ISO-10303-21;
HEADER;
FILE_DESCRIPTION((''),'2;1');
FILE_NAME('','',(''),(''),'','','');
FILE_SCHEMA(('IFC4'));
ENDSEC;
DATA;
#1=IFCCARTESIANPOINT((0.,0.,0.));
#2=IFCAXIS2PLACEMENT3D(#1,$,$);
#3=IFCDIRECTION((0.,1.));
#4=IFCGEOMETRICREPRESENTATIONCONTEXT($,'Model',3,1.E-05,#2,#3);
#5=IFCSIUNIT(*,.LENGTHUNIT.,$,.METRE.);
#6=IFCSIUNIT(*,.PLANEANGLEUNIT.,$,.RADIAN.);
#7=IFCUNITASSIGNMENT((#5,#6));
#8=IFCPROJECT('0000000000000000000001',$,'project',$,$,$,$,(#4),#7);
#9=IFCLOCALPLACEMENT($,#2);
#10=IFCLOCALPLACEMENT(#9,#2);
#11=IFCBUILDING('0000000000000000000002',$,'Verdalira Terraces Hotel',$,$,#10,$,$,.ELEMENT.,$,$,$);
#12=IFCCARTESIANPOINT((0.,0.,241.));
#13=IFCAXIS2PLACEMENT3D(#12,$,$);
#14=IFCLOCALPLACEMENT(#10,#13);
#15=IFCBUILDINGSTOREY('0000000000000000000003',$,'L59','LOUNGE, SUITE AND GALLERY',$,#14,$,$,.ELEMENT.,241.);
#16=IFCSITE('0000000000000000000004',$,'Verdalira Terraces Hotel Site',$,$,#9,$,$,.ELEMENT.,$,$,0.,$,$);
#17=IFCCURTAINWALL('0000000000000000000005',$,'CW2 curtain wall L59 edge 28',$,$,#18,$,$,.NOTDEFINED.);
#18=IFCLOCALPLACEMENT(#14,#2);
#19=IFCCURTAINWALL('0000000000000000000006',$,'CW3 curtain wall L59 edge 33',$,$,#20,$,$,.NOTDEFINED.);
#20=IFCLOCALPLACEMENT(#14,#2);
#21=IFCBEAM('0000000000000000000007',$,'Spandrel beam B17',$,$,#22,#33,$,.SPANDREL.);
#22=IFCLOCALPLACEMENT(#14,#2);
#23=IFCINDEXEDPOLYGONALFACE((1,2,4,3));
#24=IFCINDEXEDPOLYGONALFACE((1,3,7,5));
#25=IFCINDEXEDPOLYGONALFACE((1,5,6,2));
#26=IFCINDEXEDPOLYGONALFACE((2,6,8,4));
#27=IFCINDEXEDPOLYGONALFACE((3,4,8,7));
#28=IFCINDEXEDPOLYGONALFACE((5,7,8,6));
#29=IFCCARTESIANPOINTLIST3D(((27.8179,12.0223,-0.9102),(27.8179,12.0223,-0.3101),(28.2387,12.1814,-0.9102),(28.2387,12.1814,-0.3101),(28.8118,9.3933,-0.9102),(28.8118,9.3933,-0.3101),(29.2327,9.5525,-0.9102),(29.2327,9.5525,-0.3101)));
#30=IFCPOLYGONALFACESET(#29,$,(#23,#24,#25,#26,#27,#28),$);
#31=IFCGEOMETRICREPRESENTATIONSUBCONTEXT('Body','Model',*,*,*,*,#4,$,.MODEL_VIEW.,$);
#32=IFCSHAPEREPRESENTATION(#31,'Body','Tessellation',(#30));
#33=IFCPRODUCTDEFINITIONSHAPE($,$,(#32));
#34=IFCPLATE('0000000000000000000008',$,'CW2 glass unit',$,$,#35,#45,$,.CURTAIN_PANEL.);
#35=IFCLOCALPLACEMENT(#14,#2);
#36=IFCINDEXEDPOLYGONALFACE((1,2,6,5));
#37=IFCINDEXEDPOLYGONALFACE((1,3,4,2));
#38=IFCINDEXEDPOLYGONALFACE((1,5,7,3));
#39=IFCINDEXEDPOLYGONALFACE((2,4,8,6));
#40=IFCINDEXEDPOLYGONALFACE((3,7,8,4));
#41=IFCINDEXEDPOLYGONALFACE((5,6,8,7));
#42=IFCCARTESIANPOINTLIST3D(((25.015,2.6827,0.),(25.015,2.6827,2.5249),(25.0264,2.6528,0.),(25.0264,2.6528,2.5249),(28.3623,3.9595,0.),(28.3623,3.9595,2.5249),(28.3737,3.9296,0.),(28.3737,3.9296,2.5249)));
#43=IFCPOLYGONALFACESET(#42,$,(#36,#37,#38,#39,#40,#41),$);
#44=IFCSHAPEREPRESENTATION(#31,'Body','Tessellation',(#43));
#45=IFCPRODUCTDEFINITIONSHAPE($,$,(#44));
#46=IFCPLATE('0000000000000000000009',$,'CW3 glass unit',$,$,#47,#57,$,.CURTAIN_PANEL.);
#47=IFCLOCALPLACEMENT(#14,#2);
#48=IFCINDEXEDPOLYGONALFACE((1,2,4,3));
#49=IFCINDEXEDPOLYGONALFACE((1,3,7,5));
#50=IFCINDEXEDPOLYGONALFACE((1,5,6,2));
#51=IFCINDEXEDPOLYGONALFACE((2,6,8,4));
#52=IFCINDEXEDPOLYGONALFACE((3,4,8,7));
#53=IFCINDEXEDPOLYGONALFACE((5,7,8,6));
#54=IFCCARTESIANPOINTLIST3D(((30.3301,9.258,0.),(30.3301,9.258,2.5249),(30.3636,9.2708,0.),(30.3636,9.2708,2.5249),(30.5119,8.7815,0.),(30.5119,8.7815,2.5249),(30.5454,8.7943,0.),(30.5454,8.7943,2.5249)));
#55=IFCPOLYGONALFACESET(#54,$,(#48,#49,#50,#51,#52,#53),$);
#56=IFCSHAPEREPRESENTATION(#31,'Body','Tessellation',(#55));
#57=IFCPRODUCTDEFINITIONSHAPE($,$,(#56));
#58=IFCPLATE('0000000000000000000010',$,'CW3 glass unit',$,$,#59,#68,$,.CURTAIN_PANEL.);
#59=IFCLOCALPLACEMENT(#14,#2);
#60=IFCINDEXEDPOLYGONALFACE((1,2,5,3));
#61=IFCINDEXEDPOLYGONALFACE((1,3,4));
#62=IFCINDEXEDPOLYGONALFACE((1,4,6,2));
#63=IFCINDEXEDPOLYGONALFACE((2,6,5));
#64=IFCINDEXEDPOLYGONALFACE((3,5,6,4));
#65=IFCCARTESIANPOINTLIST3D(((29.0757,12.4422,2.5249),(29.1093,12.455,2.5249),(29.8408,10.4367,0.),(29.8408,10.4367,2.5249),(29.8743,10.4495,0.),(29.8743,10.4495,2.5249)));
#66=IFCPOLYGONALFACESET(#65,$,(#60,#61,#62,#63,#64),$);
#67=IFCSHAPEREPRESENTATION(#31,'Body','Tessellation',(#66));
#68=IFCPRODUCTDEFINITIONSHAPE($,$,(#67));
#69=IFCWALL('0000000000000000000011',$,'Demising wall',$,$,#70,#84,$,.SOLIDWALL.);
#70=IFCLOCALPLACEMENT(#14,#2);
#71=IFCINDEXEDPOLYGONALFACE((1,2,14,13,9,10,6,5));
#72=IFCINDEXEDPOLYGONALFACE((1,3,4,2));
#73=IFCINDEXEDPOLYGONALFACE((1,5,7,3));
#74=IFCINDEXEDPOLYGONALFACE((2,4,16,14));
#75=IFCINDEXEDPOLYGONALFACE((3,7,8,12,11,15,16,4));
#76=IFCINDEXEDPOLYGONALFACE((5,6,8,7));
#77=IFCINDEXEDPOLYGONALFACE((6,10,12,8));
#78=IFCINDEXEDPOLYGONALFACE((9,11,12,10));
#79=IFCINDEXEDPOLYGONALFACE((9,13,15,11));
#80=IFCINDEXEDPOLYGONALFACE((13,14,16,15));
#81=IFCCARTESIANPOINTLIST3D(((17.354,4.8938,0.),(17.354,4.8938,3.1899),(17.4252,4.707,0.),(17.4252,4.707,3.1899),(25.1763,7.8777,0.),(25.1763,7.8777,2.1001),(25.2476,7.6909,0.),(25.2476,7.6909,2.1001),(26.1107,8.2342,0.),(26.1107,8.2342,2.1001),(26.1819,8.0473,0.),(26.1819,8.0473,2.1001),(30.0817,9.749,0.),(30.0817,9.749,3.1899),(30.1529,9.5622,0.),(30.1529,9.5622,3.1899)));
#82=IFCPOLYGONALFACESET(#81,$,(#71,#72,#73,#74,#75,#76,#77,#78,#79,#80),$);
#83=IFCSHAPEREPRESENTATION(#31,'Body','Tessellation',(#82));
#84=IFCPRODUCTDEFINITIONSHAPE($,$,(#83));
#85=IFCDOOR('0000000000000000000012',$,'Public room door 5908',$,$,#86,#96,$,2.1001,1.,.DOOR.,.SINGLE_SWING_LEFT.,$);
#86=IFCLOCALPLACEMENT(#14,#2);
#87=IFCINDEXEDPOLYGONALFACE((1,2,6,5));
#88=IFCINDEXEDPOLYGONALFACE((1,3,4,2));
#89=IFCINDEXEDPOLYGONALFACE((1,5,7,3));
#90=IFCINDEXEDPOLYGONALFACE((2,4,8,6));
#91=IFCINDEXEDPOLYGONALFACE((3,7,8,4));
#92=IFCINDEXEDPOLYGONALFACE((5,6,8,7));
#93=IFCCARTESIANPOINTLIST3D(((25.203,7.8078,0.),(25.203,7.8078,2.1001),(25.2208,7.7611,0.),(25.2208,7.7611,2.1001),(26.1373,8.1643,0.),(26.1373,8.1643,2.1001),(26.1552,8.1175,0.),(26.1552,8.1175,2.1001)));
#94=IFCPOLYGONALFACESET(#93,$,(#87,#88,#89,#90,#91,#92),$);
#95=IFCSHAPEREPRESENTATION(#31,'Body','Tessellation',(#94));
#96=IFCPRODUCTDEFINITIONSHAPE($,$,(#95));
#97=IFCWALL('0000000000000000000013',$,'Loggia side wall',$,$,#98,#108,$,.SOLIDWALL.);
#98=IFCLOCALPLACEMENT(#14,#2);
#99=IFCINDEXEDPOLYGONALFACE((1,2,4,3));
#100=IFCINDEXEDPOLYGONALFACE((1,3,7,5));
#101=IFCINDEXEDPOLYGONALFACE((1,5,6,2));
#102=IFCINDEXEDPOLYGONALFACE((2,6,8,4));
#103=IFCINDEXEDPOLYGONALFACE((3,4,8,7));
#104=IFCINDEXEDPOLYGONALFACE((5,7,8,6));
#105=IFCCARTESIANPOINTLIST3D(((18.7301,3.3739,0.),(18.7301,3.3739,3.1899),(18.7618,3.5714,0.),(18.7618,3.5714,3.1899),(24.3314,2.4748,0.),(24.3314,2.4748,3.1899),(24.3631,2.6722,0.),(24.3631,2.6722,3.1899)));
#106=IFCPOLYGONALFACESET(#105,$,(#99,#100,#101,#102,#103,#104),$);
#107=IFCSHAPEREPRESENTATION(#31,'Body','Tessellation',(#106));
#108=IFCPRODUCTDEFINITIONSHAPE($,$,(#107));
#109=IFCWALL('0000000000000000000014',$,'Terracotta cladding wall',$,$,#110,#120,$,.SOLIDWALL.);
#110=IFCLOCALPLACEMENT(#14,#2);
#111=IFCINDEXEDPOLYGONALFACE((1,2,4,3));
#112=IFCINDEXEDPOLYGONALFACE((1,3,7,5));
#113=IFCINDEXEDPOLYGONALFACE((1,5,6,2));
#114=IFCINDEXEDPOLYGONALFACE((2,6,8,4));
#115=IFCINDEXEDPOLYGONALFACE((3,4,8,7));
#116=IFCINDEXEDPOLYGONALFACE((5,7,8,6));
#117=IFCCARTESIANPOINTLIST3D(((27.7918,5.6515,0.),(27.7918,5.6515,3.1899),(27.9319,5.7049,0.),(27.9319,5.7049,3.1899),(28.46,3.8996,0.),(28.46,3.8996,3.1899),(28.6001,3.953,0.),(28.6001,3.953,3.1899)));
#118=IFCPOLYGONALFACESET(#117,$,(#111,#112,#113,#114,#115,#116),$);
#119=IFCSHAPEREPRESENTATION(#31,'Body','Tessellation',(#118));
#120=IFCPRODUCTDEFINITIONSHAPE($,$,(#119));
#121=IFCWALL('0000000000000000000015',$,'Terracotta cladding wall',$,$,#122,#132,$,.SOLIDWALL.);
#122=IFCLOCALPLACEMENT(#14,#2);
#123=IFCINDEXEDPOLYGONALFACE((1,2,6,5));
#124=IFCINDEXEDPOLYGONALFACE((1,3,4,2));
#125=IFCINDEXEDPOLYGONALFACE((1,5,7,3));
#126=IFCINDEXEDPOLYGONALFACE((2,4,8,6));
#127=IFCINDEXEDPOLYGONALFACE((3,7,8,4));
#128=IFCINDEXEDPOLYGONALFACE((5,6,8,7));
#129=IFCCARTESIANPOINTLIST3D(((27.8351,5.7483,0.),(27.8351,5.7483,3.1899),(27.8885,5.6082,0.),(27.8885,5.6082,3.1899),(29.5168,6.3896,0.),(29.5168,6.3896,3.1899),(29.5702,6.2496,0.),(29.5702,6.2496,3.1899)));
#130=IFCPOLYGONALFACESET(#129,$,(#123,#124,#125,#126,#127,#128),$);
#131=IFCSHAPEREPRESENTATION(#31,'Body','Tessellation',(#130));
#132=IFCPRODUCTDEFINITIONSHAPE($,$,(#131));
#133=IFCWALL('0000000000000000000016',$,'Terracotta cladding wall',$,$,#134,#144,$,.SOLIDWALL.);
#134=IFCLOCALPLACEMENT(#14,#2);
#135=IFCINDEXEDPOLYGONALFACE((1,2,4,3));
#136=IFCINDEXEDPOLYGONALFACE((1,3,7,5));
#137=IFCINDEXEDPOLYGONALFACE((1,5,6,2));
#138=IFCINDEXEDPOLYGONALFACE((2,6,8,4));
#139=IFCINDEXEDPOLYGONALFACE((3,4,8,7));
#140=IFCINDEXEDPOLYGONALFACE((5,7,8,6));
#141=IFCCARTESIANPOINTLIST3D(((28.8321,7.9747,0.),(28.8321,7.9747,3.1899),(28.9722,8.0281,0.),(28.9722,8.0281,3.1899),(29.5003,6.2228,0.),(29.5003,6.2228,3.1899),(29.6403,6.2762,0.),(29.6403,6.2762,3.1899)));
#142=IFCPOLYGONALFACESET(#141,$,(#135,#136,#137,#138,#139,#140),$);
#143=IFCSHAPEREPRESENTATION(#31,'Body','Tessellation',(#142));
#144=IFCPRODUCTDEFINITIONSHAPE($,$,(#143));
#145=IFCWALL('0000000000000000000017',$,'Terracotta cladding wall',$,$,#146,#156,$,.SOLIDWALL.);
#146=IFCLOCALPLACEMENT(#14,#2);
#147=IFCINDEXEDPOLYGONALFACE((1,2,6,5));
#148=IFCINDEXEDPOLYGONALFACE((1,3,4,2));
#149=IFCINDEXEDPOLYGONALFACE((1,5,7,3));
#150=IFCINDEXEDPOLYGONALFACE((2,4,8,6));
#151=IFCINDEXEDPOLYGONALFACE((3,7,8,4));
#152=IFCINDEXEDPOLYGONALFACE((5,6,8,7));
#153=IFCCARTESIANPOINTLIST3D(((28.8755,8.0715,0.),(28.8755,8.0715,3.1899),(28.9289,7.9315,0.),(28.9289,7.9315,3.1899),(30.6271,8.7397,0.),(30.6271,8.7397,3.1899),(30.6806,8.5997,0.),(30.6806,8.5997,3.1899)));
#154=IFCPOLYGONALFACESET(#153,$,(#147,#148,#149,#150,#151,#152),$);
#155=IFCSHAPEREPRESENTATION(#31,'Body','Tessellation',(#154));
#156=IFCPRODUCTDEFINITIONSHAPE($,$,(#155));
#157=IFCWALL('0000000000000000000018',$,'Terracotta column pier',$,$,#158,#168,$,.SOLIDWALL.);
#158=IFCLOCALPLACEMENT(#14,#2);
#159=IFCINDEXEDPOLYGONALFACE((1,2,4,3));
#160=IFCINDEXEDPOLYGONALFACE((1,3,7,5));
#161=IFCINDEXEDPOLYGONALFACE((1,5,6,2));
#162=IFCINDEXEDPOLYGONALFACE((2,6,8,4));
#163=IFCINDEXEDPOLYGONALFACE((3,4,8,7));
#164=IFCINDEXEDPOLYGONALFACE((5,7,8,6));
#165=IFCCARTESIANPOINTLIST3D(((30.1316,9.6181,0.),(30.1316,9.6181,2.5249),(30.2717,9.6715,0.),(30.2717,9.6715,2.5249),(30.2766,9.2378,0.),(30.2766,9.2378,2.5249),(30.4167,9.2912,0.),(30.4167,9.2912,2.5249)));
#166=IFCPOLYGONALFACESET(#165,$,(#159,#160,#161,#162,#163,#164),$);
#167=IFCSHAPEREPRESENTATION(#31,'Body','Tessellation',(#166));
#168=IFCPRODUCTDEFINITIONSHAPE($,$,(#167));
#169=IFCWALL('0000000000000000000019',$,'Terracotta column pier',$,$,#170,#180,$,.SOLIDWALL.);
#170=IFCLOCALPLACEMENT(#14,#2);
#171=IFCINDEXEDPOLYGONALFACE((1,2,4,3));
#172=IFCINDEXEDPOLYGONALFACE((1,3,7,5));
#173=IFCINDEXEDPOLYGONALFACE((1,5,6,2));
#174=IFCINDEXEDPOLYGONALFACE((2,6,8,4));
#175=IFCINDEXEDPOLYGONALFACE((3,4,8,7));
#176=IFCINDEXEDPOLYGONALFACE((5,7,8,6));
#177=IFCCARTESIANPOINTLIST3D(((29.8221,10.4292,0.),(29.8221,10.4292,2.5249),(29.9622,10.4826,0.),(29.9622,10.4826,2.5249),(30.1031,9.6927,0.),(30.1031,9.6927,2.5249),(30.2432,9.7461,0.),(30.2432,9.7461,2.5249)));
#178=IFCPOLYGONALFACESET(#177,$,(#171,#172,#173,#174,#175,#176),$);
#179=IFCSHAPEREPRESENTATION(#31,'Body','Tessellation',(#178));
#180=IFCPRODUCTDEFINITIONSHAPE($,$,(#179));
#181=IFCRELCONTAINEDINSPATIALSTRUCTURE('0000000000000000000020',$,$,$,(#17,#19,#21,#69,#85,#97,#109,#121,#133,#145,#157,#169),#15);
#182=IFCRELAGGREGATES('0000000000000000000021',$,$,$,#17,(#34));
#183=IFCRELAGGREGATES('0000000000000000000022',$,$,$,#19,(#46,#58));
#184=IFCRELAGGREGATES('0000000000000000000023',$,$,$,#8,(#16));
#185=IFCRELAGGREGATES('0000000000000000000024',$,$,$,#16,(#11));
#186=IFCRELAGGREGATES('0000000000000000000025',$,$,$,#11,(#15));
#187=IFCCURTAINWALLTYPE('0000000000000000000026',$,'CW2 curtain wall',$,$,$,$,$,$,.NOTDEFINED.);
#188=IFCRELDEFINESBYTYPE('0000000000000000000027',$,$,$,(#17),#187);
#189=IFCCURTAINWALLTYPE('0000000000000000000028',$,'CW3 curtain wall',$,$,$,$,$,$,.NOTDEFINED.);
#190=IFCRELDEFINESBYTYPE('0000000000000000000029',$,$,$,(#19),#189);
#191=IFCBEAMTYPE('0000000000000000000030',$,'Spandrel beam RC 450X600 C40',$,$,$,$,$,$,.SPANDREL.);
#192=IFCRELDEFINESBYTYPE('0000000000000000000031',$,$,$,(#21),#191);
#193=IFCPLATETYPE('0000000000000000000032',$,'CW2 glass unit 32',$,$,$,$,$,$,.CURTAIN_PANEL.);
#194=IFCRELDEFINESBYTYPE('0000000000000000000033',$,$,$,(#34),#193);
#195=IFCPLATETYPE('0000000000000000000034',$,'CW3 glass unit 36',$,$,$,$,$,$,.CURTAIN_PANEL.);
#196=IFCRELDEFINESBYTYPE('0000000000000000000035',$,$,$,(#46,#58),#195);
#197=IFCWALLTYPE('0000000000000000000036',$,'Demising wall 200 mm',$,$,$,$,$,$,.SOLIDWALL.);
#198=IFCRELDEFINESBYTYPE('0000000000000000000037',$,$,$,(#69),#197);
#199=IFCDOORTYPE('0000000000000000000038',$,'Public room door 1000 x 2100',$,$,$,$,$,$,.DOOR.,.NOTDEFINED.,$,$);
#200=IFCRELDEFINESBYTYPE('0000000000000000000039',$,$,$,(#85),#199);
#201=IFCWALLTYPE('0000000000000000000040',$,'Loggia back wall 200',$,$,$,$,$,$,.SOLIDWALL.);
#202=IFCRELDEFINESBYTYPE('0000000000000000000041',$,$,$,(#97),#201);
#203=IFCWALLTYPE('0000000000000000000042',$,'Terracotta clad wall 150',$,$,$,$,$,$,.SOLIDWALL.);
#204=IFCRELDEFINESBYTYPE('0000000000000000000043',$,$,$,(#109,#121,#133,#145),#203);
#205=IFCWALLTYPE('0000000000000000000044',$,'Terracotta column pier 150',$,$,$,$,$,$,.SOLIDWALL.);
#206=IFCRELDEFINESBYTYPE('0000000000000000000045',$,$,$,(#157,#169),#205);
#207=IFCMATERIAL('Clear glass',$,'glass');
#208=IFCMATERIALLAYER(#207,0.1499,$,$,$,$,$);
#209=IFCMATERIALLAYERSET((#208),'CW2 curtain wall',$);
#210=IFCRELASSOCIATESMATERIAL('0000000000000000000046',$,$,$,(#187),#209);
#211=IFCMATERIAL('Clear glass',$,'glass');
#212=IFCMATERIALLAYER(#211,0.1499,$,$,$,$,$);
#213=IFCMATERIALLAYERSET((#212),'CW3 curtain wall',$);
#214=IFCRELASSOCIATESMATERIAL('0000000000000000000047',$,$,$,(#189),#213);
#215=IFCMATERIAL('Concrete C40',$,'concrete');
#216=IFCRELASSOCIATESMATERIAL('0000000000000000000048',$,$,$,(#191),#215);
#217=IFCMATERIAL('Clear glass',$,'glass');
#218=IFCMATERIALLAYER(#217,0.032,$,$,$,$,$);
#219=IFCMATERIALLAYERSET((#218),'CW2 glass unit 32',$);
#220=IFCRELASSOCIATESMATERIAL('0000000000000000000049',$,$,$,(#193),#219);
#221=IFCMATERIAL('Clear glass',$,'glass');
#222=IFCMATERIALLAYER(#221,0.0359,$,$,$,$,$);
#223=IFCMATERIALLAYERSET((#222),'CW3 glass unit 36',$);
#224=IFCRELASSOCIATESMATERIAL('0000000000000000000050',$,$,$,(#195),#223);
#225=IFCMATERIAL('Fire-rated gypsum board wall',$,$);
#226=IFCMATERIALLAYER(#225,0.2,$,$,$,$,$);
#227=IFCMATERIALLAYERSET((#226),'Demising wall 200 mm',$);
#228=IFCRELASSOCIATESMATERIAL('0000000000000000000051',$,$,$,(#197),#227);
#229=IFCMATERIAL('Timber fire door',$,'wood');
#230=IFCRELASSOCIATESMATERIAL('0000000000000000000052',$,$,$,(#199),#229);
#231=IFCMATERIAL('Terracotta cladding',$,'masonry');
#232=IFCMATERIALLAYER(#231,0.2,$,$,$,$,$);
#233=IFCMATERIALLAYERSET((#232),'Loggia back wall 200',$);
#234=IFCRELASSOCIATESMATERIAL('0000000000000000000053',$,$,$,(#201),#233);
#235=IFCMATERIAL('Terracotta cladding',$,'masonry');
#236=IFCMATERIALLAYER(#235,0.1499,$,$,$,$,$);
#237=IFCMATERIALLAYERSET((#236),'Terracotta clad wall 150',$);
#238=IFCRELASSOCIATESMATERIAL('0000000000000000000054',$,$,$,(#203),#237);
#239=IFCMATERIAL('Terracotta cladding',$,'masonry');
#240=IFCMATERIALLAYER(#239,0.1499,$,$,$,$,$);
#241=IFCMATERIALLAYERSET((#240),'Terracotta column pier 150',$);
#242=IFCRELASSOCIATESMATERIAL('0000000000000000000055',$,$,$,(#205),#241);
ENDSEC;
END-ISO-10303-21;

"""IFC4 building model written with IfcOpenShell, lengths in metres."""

from ifc_helpers import new_model, si_unit, direction, frame, frame_2d, origin, origin_2d, place, context, subcontext, project, spatial, polyline, rectangle, outline, extrude, material, layer, layer_set, material_profile, profile_set, type_object, element, fill, aggregate, save


model = new_model("IFC4")

# Units and contexts
model_context = context("Model", 3, precision=1e-05, world=origin(), true_north=direction((0.0, 1.0)))
body_context = subcontext(model_context, "Body", "Model", "MODEL_VIEW")
ifc_project = project(units=[si_unit("LENGTHUNIT", "METRE"), si_unit("PLANEANGLEUNIT", "RADIAN")], contexts=[model_context])

# Site, building, storey
site_placement = place(None, origin())
site = spatial("IfcSite", under=ifc_project, at=site_placement, Name="Verdalira Terraces Hotel Site", CompositionType="ELEMENT", RefElevation=0.0)
building_placement = place(site_placement, origin())
building = spatial("IfcBuilding", under=site, at=building_placement, Name="Verdalira Terraces Hotel", CompositionType="ELEMENT")
storey_placement = place(building_placement, frame((0.0, 0.0, 241.0)))
storey = spatial("IfcBuildingStorey", under=building, at=storey_placement, Name="L59", Description="LOUNGE, SUITE AND GALLERY", CompositionType="ELEMENT", Elevation=241.0)

# Curtain walls
ifc_material_1 = material(Name="Clear glass", Category="glass")
ifc_layer_1 = layer(ifc_material_1, 0.1499)
ifc_layer_set_1 = layer_set([ifc_layer_1], Name="CW2 curtain wall")
curtain_wall_type_1 = type_object("IfcCurtainWallType", Name="CW2 curtain wall", PredefinedType="NOTDEFINED", material=ifc_layer_set_1)
curtain_wall_1_placement = place(storey_placement, origin())
curtain_wall_1 = element("IfcCurtainWall", 1, at=curtain_wall_1_placement, inside=storey, type_object=curtain_wall_type_1, Name="CW2 curtain wall L59 edge 28", PredefinedType="NOTDEFINED")
ifc_material_2 = material(Name="Clear glass", Category="glass")
ifc_layer_2 = layer(ifc_material_2, 0.1499)
ifc_layer_set_2 = layer_set([ifc_layer_2], Name="CW3 curtain wall")
curtain_wall_type_2 = type_object("IfcCurtainWallType", Name="CW3 curtain wall", PredefinedType="NOTDEFINED", material=ifc_layer_set_2)
curtain_wall_2_placement = place(storey_placement, origin())
curtain_wall_2 = element("IfcCurtainWall", 2, at=curtain_wall_2_placement, inside=storey, type_object=curtain_wall_type_2, Name="CW3 curtain wall L59 edge 33", PredefinedType="NOTDEFINED")

# Beam
ifc_material_3 = material(Name="Concrete C40", Category="concrete")
ifc_material_profile_1 = material_profile(ifc_material_3, rectangle(XDim=0.45, YDim=0.6001, at=origin_2d()), Name="RC 450X600")
ifc_profile_set_1 = profile_set([ifc_material_profile_1], Name="Concrete C40")
beam_type = type_object("IfcBeamType", Name="Spandrel beam RC 450X600 C40", PredefinedType="SPANDREL", material=ifc_profile_set_1)
beam_placement = place(storey_placement, frame((29.0222, 9.4729, -0.6101), z_axis=(-0.353635, 0.935383, 0.0), x_axis=(-0.935383, -0.353635, 0.0)))
element("IfcBeam", 3, at=beam_placement, inside=storey, type_object=beam_type, Name="Spandrel beam B17", PredefinedType="SPANDREL", context=body_context, shape_type="SweptSolid", body=[
    extrude(rectangle(XDim=0.45, YDim=0.6001, at=origin_2d()), origin(), (0.0, 0.0, 1.0), 2.8105),
])

# Plates
ifc_material_4 = material(Name="Clear glass", Category="glass")
ifc_layer_3 = layer(ifc_material_4, 0.032)
ifc_layer_set_3 = layer_set([ifc_layer_3], Name="CW2 glass unit 32")
plate_type_1 = type_object("IfcPlateType", Name="CW2 glass unit 32", PredefinedType="CURTAIN_PANEL", material=ifc_layer_set_3)
plate_1_placement = place(storey_placement, frame((26.6943, 3.3062, 0.0), z_axis=(0.0, 0.0, 1.0), x_axis=(0.934329, 0.356412, 0.0)))
plate_1 = element("IfcPlate", 4, at=plate_1_placement, type_object=plate_type_1, Name="CW2 glass unit", PredefinedType="CURTAIN_PANEL", context=body_context, shape_type="SweptSolid", body=[
    extrude(rectangle(XDim=3.5825, YDim=0.032, at=origin_2d()), origin(), (0.0, 0.0, 1.0), 2.5249),
])
aggregate(curtain_wall_1, [plate_1])
ifc_material_5 = material(Name="Clear glass", Category="glass")
ifc_layer_4 = layer(ifc_material_5, 0.0359)
ifc_layer_set_4 = layer_set([ifc_layer_4], Name="CW3 glass unit 36")
plate_type_2 = type_object("IfcPlateType", Name="CW3 glass unit 36", PredefinedType="CURTAIN_PANEL", material=ifc_layer_set_4)
plate_2_placement = place(storey_placement, frame((30.4377, 9.0261, 0.0), z_axis=(0.0, 0.0, 1.0), x_axis=(-0.356412, 0.934329, 0.0)))
plate_2 = element("IfcPlate", 5, at=plate_2_placement, type_object=plate_type_2, Name="CW3 glass unit", PredefinedType="CURTAIN_PANEL", context=body_context, shape_type="SweptSolid", body=[
    extrude(rectangle(XDim=0.51, YDim=0.0359, at=origin_2d()), origin(), (0.0, 0.0, 1.0), 2.5249),
])
plate_3_placement = place(storey_placement, frame((29.4583, 11.4395, 1.2625), z_axis=(0.934329, 0.356412, 0.0), x_axis=(-0.356412, 0.934329, 0.0)))
plate_3 = element("IfcPlate", 6, at=plate_3_placement, type_object=plate_type_2, Name="CW3 glass unit", PredefinedType="CURTAIN_PANEL", context=body_context, shape_type="SweptSolid", body=[
    extrude(outline(polyline([(-1.0732, -1.2625), (1.0732, 1.2625), (-1.0732, 1.2625), (-1.0732, -1.2625)])), origin(), (0.0, 0.0, 1.0), 0.0359),
])
aggregate(curtain_wall_2, [plate_2, plate_3])

# Wall, opening, door
ifc_material_6 = material(Name="Fire-rated gypsum board wall")
ifc_layer_5 = layer(ifc_material_6, 0.2)
ifc_layer_set_5 = layer_set([ifc_layer_5], Name="Demising wall 200 mm")
wall_type_1 = type_object("IfcWallType", Name="Demising wall 200 mm", PredefinedType="SOLIDWALL", material=ifc_layer_set_5)
wall_1_placement = place(storey_placement, frame((30.1172, 9.6555, 0.0), z_axis=(0.0, 0.0, 1.0), x_axis=(-0.934328, -0.356415, 0.0)))
wall_1 = element("IfcWall", 7, at=wall_1_placement, inside=storey, type_object=wall_type_1, Name="Demising wall", PredefinedType="SOLIDWALL", context=body_context, shape_type="SweptSolid", body=[
    extrude(rectangle(XDim=13.6223, YDim=0.2, at=frame_2d((6.811, 0.0))), origin(), (0.0, 0.0, 1.0), 3.1899),
])
opening_placement = place(wall_1_placement, frame((4.25, 0.0, 0.0)))
opening = element("IfcOpeningElement", 8, at=opening_placement, cuts=wall_1, PredefinedType="OPENING", context=body_context, shape_type="SweptSolid", body=[
    extrude(rectangle(XDim=1.0, YDim=2.1001, at=frame_2d((0.5, 1.05))), frame((0.0, 0.1099, 0.0), z_axis=(0.0, -1.0, 0.0), x_axis=(1.0, 0.0, 0.0)), (0.0, 0.0, 1.0), 0.22),
])
ifc_material_7 = material(Name="Timber fire door", Category="wood")
door_type = type_object("IfcDoorType", Name="Public room door 1000 x 2100", OperationType="NOTDEFINED", PredefinedType="DOOR", material=ifc_material_7)
door_placement = place(opening_placement, origin())
door = element("IfcDoor", 9, at=door_placement, inside=storey, type_object=door_type, Name="Public room door 5908", OperationType="SINGLE_SWING_LEFT", OverallHeight=2.1001, OverallWidth=1.0, PredefinedType="DOOR", context=body_context, shape_type="SweptSolid", body=[
    extrude(rectangle(XDim=1.0, YDim=2.1001, at=frame_2d((0.5, 1.05))), frame((0.0, 0.0249, 0.0), z_axis=(0.0, -1.0, 0.0), x_axis=(1.0, 0.0, 0.0)), (0.0, 0.0, 1.0), 0.05),
])
fill(opening, door)

# Walls
ifc_material_8 = material(Name="Terracotta cladding", Category="masonry")
ifc_layer_6 = layer(ifc_material_8, 0.2)
ifc_layer_set_6 = layer_set([ifc_layer_6], Name="Loggia back wall 200")
wall_type_2 = type_object("IfcWallType", Name="Loggia back wall 200", PredefinedType="SOLIDWALL", material=ifc_layer_set_6)
wall_2_placement = place(storey_placement, frame((24.3472, 2.5735, 0.0), z_axis=(0.0, 0.0, 1.0), x_axis=(-0.987359, 0.158499, 0.0)))
element("IfcWall", 10, at=wall_2_placement, inside=storey, type_object=wall_type_2, Name="Loggia side wall", PredefinedType="SOLIDWALL", context=body_context, shape_type="SweptSolid", body=[
    extrude(rectangle(XDim=5.6731, YDim=0.2, at=frame_2d((2.8364, 0.0))), origin(), (0.0, 0.0, 1.0), 3.1899),
])
ifc_material_9 = material(Name="Terracotta cladding", Category="masonry")
ifc_layer_7 = layer(ifc_material_9, 0.1499)
ifc_layer_set_7 = layer_set([ifc_layer_7], Name="Terracotta clad wall 150")
wall_type_3 = type_object("IfcWallType", Name="Terracotta clad wall 150", PredefinedType="SOLIDWALL", material=ifc_layer_set_7)
wall_3_placement = place(storey_placement, frame((28.53, 3.9263, 0.0), z_axis=(0.0, 0.0, 1.0), x_axis=(-0.356369, 0.934345, 0.0)))
element("IfcWall", 11, at=wall_3_placement, inside=storey, type_object=wall_type_3, Name="Terracotta cladding wall", PredefinedType="SOLIDWALL", context=body_context, shape_type="SweptSolid", body=[
    extrude(rectangle(XDim=1.875, YDim=0.1499, at=frame_2d((0.9375, 0.0))), origin(), (0.0, 0.0, 1.0), 3.1899),
])
wall_4_placement = place(storey_placement, frame((27.8618, 5.6782, 0.0), z_axis=(0.0, 0.0, 1.0), x_axis=(0.934352, 0.356351, 0.0)))
element("IfcWall", 12, at=wall_4_placement, inside=storey, type_object=wall_type_3, Name="Terracotta cladding wall", PredefinedType="SOLIDWALL", context=body_context, shape_type="SweptSolid", body=[
    extrude(rectangle(XDim=1.7998, YDim=0.1499, at=frame_2d((0.8999, 0.0))), origin(), (0.0, 0.0, 1.0), 3.1899),
])
wall_5_placement = place(storey_placement, frame((29.5703, 6.2495, 0.0), z_axis=(0.0, 0.0, 1.0), x_axis=(-0.356369, 0.934345, 0.0)))
element("IfcWall", 13, at=wall_5_placement, inside=storey, type_object=wall_type_3, Name="Terracotta cladding wall", PredefinedType="SOLIDWALL", context=body_context, shape_type="SweptSolid", body=[
    extrude(rectangle(XDim=1.875, YDim=0.1499, at=frame_2d((0.9375, 0.0))), origin(), (0.0, 0.0, 1.0), 3.1899),
])
wall_6_placement = place(storey_placement, frame((28.9021, 8.0015, 0.0), z_axis=(0.0, 0.0, 1.0), x_axis=(0.934329, 0.356412, 0.0)))
element("IfcWall", 14, at=wall_6_placement, inside=storey, type_object=wall_type_3, Name="Terracotta cladding wall", PredefinedType="SOLIDWALL", context=body_context, shape_type="SweptSolid", body=[
    extrude(rectangle(XDim=1.8748, YDim=0.1499, at=frame_2d((0.9375, 0.0))), origin(), (0.0, 0.0, 1.0), 3.1899),
])
ifc_material_10 = material(Name="Terracotta cladding", Category="masonry")
ifc_layer_8 = layer(ifc_material_10, 0.1499)
ifc_layer_set_8 = layer_set([ifc_layer_8], Name="Terracotta column pier 150")
wall_type_4 = type_object("IfcWallType", Name="Terracotta column pier 150", PredefinedType="SOLIDWALL", material=ifc_layer_set_8)
wall_7_placement = place(storey_placement, frame((30.3467, 9.2644, 0.0), z_axis=(0.0, 0.0, 1.0), x_axis=(-0.356245, 0.934393, 0.0)))
element("IfcWall", 15, at=wall_7_placement, inside=storey, type_object=wall_type_4, Name="Terracotta column pier", PredefinedType="SOLIDWALL", context=body_context, shape_type="SweptSolid", body=[
    extrude(rectangle(XDim=0.407, YDim=0.1499, at=frame_2d((0.2036, 0.0))), origin(), (0.0, 0.0, 1.0), 2.5249),
])
wall_8_placement = place(storey_placement, frame((30.1731, 9.7195, 0.0), z_axis=(0.0, 0.0, 1.0), x_axis=(-0.356446, 0.934316, 0.0)))
element("IfcWall", 16, at=wall_8_placement, inside=storey, type_object=wall_type_4, Name="Terracotta column pier", PredefinedType="SOLIDWALL", context=body_context, shape_type="SweptSolid", body=[
    extrude(rectangle(XDim=0.7883, YDim=0.1499, at=frame_2d((0.394, 0.0))), origin(), (0.0, 0.0, 1.0), 2.5249),
])

save(model, "model.ifc")
